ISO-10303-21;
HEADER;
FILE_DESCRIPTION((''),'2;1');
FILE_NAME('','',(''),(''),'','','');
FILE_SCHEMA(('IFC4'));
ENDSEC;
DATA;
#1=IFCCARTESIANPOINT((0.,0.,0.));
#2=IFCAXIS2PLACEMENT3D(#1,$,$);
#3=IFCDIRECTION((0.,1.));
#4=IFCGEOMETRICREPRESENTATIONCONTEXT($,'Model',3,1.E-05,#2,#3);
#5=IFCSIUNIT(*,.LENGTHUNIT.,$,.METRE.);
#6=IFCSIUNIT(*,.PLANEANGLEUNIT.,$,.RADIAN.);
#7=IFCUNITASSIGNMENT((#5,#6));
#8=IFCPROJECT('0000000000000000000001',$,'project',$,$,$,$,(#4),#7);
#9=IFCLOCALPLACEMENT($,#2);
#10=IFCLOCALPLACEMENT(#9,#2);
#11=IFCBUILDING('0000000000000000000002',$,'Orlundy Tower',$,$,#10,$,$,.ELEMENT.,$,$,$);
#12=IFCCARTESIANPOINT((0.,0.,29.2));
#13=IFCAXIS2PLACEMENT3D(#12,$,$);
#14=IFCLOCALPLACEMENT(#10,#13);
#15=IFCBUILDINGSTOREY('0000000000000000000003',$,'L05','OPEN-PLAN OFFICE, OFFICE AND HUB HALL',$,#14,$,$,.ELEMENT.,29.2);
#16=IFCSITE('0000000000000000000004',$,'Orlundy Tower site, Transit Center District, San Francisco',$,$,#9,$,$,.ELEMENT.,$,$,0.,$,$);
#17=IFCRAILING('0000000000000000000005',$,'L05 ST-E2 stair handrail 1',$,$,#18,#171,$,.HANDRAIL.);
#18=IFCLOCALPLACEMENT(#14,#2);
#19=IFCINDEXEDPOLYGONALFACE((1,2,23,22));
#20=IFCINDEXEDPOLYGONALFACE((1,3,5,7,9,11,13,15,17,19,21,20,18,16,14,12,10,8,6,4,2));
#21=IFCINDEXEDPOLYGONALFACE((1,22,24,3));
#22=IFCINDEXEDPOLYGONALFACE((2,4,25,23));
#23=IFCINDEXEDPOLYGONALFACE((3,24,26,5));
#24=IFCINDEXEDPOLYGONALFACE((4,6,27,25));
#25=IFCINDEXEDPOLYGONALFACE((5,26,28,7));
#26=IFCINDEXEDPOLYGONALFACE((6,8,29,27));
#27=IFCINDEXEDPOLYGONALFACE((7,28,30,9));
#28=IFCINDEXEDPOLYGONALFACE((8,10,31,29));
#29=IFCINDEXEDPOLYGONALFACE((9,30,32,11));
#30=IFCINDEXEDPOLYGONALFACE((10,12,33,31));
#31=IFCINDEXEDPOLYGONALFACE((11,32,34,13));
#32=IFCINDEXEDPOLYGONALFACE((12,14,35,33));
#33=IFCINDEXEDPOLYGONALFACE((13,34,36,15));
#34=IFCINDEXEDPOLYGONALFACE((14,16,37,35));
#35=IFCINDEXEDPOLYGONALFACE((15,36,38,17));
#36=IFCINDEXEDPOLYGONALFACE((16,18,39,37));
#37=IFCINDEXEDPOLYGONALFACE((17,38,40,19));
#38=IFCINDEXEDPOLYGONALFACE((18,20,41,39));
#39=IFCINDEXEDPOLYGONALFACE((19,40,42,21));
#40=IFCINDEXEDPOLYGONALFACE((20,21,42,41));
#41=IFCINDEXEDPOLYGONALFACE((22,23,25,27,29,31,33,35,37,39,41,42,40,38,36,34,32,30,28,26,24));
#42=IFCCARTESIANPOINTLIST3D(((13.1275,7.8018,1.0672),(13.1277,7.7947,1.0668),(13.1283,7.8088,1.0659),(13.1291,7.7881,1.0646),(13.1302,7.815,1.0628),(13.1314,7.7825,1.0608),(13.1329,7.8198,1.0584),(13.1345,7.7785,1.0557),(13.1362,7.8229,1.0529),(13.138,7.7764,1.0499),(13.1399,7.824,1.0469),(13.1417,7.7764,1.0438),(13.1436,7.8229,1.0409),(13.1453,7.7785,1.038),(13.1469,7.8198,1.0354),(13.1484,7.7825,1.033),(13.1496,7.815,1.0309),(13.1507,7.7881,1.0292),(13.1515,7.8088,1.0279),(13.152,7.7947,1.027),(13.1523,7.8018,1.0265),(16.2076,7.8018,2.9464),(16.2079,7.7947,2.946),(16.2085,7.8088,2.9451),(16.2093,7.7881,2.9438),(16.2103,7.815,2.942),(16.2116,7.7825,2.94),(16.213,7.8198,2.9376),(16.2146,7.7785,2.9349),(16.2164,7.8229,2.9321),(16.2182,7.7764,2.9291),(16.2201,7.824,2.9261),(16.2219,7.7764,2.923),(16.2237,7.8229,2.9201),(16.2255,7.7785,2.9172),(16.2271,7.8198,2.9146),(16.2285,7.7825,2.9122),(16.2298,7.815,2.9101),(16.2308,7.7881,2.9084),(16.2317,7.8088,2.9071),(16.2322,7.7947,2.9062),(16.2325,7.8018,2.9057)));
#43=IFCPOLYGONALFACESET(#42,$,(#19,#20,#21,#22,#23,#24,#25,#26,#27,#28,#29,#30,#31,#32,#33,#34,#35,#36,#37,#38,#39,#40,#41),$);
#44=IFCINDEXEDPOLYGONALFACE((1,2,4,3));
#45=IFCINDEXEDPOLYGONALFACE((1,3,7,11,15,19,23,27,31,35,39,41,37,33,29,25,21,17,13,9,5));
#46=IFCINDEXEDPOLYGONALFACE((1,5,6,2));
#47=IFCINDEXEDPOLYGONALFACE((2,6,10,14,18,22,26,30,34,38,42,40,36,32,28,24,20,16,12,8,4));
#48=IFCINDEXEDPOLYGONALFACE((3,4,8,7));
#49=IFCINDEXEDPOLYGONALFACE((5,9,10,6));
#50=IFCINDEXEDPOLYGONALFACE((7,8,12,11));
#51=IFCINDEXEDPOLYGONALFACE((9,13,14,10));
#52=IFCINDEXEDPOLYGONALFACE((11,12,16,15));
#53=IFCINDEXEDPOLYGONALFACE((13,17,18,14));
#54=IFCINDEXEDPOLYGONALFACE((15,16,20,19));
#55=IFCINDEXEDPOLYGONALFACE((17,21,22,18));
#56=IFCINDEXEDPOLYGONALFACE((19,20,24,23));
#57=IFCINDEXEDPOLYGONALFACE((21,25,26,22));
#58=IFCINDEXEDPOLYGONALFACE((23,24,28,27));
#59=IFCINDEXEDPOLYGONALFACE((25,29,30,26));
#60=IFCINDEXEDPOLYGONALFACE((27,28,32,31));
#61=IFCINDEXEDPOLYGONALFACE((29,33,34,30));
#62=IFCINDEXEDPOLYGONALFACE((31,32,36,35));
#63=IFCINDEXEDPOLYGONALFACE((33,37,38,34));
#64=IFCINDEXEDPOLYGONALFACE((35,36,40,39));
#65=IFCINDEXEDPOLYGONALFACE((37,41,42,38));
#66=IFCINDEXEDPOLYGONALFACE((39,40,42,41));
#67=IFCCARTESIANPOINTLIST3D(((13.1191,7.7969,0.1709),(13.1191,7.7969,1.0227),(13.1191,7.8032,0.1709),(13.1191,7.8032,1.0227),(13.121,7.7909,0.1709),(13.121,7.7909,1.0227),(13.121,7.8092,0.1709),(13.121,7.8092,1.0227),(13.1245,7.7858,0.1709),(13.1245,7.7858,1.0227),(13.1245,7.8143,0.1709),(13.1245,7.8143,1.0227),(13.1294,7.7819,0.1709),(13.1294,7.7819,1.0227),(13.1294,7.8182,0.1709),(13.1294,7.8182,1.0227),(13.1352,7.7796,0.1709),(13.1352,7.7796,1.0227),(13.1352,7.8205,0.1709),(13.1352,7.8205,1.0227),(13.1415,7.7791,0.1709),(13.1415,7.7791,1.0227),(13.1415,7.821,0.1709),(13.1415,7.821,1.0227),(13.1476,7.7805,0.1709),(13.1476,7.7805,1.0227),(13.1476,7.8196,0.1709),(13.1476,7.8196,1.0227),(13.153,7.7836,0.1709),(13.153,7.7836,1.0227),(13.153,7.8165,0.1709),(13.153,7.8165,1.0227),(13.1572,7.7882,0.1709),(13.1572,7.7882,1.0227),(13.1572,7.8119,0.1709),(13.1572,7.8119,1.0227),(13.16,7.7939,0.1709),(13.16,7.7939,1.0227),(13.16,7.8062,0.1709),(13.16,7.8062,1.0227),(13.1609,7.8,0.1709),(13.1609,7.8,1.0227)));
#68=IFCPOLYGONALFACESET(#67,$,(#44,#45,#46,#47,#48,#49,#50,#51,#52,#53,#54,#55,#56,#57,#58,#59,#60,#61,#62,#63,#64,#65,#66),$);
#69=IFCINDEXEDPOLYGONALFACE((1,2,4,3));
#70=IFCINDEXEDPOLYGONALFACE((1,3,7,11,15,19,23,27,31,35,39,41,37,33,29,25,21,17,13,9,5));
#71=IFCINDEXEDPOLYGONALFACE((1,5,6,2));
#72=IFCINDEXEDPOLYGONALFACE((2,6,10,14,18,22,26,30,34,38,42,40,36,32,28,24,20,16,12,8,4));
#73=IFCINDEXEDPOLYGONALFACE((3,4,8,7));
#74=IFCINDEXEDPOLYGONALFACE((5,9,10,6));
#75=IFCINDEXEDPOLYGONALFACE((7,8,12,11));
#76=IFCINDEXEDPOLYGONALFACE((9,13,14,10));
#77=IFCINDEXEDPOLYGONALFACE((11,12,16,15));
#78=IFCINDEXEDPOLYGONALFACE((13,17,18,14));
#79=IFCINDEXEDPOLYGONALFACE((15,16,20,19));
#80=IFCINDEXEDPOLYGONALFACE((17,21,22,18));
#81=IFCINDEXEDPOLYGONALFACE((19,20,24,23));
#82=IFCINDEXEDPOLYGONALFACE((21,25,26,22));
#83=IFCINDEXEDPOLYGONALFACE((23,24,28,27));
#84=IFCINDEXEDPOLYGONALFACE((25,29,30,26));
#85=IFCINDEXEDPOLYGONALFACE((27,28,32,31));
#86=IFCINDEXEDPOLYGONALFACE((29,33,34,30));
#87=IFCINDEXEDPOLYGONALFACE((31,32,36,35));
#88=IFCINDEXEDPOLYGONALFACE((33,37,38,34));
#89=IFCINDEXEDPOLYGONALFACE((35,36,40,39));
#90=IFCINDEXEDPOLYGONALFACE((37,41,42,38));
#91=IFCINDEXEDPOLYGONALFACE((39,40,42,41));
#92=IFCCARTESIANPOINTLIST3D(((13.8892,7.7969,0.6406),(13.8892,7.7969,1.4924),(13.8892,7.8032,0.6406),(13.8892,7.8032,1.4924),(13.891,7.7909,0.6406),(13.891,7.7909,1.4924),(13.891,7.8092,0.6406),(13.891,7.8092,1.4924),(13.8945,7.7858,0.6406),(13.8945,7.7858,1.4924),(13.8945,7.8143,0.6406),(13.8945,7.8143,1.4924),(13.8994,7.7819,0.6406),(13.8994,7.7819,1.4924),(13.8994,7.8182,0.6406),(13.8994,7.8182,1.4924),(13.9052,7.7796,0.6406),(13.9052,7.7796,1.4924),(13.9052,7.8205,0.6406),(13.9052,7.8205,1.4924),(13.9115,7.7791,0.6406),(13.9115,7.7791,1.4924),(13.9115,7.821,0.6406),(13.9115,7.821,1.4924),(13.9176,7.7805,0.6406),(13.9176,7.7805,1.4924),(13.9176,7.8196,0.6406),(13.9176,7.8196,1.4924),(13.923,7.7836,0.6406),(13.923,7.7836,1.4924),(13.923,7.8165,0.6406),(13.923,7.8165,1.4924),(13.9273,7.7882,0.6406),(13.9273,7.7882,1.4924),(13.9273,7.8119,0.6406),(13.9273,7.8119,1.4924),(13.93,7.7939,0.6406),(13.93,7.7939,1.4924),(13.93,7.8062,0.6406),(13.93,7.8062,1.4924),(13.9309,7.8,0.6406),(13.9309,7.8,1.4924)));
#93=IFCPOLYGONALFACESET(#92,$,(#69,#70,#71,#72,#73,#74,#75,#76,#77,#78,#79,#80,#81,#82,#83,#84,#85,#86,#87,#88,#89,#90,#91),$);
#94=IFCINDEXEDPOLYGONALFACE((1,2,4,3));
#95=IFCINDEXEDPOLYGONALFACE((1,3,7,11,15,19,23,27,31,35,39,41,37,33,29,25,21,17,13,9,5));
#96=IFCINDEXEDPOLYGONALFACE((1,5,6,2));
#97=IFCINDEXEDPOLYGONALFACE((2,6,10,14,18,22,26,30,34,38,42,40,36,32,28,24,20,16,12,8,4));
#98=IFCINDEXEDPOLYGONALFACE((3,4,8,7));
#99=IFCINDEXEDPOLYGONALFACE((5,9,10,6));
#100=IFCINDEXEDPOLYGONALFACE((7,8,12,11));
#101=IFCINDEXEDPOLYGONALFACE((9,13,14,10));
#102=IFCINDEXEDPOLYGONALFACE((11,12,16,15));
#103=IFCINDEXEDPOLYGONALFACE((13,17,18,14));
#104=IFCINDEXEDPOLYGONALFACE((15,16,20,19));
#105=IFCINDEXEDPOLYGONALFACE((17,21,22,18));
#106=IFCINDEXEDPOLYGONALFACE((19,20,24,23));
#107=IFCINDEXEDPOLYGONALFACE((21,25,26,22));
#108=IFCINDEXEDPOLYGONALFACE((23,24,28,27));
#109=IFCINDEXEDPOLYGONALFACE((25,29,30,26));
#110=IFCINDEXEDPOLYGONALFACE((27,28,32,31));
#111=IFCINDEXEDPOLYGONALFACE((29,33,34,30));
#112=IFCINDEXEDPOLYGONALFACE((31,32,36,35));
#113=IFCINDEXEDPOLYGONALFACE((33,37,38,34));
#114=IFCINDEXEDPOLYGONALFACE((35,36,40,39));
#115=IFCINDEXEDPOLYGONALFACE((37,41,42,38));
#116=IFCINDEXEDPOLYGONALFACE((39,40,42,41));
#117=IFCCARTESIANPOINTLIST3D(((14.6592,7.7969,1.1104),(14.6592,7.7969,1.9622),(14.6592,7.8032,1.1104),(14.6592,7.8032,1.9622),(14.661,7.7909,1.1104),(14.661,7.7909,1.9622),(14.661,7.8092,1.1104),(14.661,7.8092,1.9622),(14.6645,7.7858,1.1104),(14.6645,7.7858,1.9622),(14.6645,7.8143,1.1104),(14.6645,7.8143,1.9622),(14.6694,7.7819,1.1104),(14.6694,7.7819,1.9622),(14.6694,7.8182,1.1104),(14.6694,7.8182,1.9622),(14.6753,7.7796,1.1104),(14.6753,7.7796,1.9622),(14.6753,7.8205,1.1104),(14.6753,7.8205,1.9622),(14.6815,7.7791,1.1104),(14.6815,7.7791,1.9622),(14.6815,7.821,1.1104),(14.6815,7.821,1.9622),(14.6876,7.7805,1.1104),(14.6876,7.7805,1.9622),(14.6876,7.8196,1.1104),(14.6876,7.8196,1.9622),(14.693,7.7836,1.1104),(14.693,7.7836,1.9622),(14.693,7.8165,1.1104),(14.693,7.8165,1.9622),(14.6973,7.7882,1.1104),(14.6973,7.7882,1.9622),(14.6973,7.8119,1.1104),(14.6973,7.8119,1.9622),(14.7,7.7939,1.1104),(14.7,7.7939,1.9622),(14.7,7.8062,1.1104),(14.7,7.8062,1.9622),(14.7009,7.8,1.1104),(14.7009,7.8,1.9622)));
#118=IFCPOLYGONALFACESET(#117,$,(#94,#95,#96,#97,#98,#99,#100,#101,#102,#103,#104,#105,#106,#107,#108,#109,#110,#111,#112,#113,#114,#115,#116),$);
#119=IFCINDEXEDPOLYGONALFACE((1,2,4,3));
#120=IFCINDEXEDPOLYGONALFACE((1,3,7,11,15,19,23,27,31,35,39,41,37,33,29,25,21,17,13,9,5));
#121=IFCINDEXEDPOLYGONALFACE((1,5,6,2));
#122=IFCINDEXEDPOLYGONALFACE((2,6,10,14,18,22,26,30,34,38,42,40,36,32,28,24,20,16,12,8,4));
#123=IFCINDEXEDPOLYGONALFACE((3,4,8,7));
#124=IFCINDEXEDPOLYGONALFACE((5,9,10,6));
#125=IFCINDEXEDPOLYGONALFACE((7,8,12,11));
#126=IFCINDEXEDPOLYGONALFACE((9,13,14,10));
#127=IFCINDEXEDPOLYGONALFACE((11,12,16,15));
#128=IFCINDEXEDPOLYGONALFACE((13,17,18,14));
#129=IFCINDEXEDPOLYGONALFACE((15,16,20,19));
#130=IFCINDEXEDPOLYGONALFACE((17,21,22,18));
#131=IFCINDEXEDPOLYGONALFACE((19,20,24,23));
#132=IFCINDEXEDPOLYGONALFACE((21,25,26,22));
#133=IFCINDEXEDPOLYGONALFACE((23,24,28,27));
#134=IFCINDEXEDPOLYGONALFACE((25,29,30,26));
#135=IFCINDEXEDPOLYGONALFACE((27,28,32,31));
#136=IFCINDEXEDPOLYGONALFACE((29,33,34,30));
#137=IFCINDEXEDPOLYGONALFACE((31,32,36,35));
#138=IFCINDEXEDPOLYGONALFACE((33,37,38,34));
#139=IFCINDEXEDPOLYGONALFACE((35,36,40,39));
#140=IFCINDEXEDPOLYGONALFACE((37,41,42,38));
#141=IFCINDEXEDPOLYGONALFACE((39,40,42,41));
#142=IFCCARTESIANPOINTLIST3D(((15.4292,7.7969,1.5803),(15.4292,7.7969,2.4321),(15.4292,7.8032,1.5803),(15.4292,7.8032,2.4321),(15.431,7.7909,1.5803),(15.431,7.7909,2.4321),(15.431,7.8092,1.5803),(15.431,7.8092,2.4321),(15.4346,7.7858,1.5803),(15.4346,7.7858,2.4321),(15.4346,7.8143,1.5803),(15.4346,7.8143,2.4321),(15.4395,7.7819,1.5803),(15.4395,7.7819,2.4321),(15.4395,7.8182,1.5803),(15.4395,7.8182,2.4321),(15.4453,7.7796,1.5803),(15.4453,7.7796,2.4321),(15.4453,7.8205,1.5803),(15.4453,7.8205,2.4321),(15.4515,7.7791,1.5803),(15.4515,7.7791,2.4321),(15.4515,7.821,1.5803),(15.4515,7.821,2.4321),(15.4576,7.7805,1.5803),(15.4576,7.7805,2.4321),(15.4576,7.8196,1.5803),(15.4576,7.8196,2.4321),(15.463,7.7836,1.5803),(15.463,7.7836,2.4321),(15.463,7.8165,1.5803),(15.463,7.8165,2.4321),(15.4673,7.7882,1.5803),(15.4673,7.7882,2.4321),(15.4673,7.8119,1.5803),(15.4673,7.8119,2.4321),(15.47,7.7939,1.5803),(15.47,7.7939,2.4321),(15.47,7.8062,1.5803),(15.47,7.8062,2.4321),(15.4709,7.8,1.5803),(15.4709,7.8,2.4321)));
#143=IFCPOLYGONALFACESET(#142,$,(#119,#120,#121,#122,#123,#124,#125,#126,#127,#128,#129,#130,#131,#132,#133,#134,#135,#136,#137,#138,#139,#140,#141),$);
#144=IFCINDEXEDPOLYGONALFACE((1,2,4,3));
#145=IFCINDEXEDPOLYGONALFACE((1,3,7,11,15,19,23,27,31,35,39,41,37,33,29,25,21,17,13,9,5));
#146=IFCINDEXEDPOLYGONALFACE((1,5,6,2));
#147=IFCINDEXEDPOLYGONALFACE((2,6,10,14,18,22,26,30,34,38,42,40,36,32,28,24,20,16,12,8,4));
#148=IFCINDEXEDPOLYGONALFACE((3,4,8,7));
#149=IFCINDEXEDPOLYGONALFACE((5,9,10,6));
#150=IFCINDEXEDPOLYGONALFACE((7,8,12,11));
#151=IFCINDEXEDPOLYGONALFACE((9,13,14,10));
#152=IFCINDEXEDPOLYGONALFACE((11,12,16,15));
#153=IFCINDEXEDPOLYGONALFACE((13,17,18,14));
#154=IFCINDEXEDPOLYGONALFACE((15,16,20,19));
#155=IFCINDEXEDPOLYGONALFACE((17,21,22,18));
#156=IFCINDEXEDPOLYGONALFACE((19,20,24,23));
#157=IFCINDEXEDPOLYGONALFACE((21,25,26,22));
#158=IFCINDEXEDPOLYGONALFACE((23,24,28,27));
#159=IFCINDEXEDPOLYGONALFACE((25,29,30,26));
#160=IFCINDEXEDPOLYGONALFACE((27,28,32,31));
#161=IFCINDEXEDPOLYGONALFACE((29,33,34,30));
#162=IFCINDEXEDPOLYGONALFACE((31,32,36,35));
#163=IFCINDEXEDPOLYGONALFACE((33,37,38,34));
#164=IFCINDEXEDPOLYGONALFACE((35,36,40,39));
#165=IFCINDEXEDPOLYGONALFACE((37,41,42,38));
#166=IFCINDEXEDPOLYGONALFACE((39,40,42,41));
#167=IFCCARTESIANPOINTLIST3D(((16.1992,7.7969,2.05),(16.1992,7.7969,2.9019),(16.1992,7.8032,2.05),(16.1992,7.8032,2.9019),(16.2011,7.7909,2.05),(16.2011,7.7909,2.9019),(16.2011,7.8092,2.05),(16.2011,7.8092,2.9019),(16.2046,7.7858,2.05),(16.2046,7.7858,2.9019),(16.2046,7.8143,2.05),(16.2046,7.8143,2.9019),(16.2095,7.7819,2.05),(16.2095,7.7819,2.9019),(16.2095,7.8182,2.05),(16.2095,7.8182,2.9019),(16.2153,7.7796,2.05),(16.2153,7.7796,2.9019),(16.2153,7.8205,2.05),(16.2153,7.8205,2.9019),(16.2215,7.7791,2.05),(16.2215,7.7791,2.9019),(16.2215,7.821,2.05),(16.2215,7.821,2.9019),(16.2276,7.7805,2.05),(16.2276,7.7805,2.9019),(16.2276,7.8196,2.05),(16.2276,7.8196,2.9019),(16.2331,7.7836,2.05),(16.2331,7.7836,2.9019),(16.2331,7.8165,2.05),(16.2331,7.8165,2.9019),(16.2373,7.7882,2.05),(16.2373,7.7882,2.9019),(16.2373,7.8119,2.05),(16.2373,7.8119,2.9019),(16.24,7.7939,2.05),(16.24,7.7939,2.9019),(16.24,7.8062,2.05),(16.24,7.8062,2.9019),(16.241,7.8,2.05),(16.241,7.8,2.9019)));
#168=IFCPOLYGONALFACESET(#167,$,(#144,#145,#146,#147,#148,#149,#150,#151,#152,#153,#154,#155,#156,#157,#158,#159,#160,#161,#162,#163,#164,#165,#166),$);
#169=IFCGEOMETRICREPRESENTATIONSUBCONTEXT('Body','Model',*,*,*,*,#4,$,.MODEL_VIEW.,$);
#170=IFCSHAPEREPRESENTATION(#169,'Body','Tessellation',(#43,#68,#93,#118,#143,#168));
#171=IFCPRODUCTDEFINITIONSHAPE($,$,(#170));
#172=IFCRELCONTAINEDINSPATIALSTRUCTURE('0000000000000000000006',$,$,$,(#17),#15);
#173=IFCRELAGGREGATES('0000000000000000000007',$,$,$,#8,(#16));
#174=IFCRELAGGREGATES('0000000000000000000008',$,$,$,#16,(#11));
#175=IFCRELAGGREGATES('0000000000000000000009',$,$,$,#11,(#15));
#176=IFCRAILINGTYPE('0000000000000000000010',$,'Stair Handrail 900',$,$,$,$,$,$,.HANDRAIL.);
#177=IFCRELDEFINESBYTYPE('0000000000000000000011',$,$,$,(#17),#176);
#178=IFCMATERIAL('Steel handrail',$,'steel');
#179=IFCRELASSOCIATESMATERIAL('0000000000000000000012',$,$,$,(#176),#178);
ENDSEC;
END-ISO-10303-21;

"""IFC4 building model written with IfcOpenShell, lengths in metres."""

from ifc_helpers import new_model, si_unit, direction, frame, origin, origin_2d, place, context, subcontext, project, spatial, circle, extrude, material, type_object, element, save


model = new_model("IFC4")

# Units and contexts
model_context = context("Model", 3, precision=1e-05, world=origin(), true_north=direction((0.0, 1.0)))
body_context = subcontext(model_context, "Body", "Model", "MODEL_VIEW")
ifc_project = project(units=[si_unit("LENGTHUNIT", "METRE"), si_unit("PLANEANGLEUNIT", "RADIAN")], contexts=[model_context])

# Site, building, storey
site_placement = place(None, origin())
site = spatial("IfcSite", under=ifc_project, at=site_placement, Name="Orlundy Tower site, Transit Center District, San Francisco", CompositionType="ELEMENT", RefElevation=0.0)
building_placement = place(site_placement, origin())
building = spatial("IfcBuilding", under=site, at=building_placement, Name="Orlundy Tower", CompositionType="ELEMENT")
storey_placement = place(building_placement, frame((0.0, 0.0, 29.2)))
storey = spatial("IfcBuildingStorey", under=building, at=storey_placement, Name="L05", Description="OPEN-PLAN OFFICE, OFFICE AND HUB HALL", CompositionType="ELEMENT", Elevation=29.2)

# Railing
ifc_material_1 = material(Name="Steel handrail", Category="steel")
railing_type_1 = type_object("IfcRailingType", Name="Stair Handrail 900", PredefinedType="HANDRAIL", material=ifc_material_1)
railing_1_placement = place(storey_placement, frame((13.1399, 7.8, 0.1709)))
element("IfcRailing", 1, at=railing_1_placement, inside=storey, type_object=railing_type_1, Name="L05 ST-E2 stair handrail 1", PredefinedType="HANDRAIL", context=body_context, shape_type="SweptSolid", body=[
    extrude(circle(Radius=0.0239, at=origin_2d()), frame((0.0, 0.0, 0.876), z_axis=(0.853666, 0.0, 0.52082), x_axis=(0.0, 1.0, 0.0)), (0.0, 0.0, 1.0), 3.6082),
    extrude(circle(Radius=0.021, at=origin_2d()), origin(), (0.0, 0.0, 1.0), 0.8518),
    extrude(circle(Radius=0.021, at=origin_2d()), frame((0.77, 0.0, 0.4697)), (0.0, 0.0, 1.0), 0.8518),
    extrude(circle(Radius=0.021, at=origin_2d()), frame((1.54, 0.0, 0.9395)), (0.0, 0.0, 1.0), 0.8518),
    extrude(circle(Radius=0.021, at=origin_2d()), frame((2.3101, 0.0, 1.4094)), (0.0, 0.0, 1.0), 0.8518),
    extrude(circle(Radius=0.021, at=origin_2d()), frame((3.0801, 0.0, 1.8792)), (0.0, 0.0, 1.0), 0.8518),
])

save(model, "model.ifc")
